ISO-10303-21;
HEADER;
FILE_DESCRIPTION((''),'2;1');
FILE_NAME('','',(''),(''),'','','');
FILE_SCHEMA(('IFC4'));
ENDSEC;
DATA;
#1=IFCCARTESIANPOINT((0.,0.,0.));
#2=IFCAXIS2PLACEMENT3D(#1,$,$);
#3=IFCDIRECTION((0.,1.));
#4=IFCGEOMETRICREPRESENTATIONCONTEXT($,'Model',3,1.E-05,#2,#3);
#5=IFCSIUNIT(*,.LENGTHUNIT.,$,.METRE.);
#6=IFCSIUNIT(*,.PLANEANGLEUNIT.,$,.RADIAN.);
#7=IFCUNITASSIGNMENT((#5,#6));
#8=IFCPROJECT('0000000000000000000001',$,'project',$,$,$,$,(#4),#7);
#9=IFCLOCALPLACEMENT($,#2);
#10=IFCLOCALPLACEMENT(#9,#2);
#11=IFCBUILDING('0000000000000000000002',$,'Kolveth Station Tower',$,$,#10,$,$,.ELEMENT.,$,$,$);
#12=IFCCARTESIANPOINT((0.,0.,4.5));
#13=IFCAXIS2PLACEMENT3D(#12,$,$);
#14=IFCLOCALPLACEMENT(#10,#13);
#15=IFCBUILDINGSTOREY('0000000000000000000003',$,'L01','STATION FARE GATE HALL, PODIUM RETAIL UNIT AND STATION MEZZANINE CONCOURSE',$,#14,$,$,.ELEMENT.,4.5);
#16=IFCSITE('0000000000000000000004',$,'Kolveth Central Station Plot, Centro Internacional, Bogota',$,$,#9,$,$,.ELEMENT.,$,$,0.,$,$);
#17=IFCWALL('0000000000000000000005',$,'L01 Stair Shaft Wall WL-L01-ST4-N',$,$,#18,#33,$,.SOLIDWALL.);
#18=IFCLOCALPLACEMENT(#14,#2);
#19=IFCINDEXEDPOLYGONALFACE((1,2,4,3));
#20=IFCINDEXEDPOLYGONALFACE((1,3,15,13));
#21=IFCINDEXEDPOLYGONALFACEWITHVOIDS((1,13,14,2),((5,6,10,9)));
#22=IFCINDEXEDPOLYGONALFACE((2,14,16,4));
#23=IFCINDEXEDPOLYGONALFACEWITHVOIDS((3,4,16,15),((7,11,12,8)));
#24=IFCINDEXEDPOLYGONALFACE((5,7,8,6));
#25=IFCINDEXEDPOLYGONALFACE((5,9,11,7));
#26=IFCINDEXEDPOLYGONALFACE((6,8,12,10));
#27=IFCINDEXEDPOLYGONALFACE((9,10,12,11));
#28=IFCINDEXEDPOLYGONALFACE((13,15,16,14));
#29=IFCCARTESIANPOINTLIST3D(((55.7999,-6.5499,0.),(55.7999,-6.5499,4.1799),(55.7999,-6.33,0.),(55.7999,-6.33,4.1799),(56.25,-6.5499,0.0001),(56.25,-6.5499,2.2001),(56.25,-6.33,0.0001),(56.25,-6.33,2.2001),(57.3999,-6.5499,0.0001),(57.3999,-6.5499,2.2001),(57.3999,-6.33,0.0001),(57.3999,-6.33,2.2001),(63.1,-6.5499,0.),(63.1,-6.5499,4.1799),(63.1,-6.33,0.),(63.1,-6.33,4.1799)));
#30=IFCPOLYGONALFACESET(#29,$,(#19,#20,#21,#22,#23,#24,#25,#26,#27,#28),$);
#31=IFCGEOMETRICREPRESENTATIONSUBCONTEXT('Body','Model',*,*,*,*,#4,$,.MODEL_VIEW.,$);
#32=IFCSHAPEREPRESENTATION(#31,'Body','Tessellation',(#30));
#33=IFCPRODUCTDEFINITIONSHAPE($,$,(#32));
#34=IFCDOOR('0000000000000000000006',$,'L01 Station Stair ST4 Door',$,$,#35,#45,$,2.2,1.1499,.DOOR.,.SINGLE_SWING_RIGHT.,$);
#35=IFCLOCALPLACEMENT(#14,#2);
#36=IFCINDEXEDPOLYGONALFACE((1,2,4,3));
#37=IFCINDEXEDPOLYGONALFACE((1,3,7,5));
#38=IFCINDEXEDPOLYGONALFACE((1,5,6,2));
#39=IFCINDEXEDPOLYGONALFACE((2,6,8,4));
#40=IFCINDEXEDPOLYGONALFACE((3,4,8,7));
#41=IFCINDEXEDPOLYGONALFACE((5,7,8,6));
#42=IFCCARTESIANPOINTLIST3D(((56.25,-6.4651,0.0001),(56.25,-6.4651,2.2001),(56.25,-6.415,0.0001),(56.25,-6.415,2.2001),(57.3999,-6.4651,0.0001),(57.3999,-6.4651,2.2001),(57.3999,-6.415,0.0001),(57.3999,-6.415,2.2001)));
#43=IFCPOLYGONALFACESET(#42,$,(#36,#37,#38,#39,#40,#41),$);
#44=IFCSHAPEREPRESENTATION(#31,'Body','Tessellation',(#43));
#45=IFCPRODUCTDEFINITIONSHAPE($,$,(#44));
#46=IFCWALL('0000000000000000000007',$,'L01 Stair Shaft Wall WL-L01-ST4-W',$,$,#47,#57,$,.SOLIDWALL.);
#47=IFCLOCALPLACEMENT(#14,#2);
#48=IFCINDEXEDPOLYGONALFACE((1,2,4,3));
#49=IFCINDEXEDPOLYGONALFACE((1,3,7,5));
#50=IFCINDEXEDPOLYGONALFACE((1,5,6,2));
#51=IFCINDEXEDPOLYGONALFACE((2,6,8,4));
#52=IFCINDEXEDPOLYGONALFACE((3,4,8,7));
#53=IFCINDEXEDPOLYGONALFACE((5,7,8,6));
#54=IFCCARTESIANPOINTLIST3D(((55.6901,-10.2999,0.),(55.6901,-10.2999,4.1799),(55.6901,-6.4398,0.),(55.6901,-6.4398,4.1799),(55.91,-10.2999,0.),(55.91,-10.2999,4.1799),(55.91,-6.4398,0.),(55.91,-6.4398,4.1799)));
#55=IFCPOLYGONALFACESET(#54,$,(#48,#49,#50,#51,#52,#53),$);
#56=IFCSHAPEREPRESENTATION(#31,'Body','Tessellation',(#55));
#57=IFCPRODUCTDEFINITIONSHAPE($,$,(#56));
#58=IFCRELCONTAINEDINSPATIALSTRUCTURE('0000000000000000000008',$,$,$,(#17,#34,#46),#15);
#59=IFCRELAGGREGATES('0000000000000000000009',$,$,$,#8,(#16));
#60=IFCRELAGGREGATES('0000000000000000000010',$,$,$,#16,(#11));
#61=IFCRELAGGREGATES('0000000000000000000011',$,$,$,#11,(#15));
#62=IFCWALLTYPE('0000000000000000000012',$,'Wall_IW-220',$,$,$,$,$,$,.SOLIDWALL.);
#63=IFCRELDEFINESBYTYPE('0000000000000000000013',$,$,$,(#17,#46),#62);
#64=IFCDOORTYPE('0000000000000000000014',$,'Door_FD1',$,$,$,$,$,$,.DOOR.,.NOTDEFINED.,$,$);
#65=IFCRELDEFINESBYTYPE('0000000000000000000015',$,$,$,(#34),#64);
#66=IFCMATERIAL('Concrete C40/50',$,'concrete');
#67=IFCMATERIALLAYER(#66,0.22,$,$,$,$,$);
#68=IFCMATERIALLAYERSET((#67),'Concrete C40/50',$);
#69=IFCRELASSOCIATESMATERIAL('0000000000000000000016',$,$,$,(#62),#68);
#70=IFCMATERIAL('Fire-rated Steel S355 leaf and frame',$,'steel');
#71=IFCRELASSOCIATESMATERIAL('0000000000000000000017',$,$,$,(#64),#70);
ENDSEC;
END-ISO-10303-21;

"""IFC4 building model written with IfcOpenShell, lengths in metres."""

from ifc_helpers import new_model, si_unit, direction, frame, frame_2d, origin, place, context, subcontext, project, spatial, rectangle, extrude, material, layer, layer_set, type_object, element, fill, save


model = new_model("IFC4")

# Units and contexts
model_context = context("Model", 3, precision=1e-05, world=origin(), true_north=direction((0.0, 1.0)))
body_context = subcontext(model_context, "Body", "Model", "MODEL_VIEW")
ifc_project = project(units=[si_unit("LENGTHUNIT", "METRE"), si_unit("PLANEANGLEUNIT", "RADIAN")], contexts=[model_context])

# Site, building, storey
site_placement = place(None, origin())
site = spatial("IfcSite", under=ifc_project, at=site_placement, Name="Kolveth Central Station Plot, Centro Internacional, Bogota", CompositionType="ELEMENT", RefElevation=0.0)
building_placement = place(site_placement, origin())
building = spatial("IfcBuilding", under=site, at=building_placement, Name="Kolveth Station Tower", CompositionType="ELEMENT")
storey_placement = place(building_placement, frame((0.0, 0.0, 4.5)))
storey = spatial("IfcBuildingStorey", under=building, at=storey_placement, Name="L01", Description="STATION FARE GATE HALL, PODIUM RETAIL UNIT AND STATION MEZZANINE CONCOURSE", CompositionType="ELEMENT", Elevation=4.5)

# Shared definitions
ifc_material_1 = material(Name="Concrete C40/50", Category="concrete")
ifc_layer_1 = layer(ifc_material_1, 0.22)
ifc_layer_set_1 = layer_set([ifc_layer_1], Name="Concrete C40/50")
wall_type_1 = type_object("IfcWallType", Name="Wall_IW-220", PredefinedType="SOLIDWALL", material=ifc_layer_set_1)

# Wall, opening, door
wall_1_placement = place(storey_placement, frame((55.8, -6.4399, 0.0), z_axis=(0.0, 0.0, 1.0), x_axis=(1.0, 0.0, 0.0)))
wall_1 = element("IfcWall", 1, at=wall_1_placement, inside=storey, type_object=wall_type_1, Name="L01 Stair Shaft Wall WL-L01-ST4-N", PredefinedType="SOLIDWALL", context=body_context, shape_type="SweptSolid", body=[
    extrude(rectangle(XDim=7.3, YDim=0.22, at=frame_2d((3.6499, 0.0))), origin(), (0.0, 0.0, 1.0), 4.1799),
])
opening_1_placement = place(wall_1_placement, frame((0.45, 0.0, 0.0)))
opening_1 = element("IfcOpeningElement", 2, at=opening_1_placement, cuts=wall_1, PredefinedType="OPENING", context=body_context, shape_type="SweptSolid", body=[
    extrude(rectangle(XDim=1.1499, YDim=2.2, at=frame_2d((0.575, 1.1001))), frame((0.0, 0.1199, 0.0), z_axis=(0.0, -1.0, 0.0), x_axis=(1.0, 0.0, 0.0)), (0.0, 0.0, 1.0), 0.24),
])
ifc_material_2 = material(Name="Fire-rated Steel S355 leaf and frame", Category="steel")
door_type_1 = type_object("IfcDoorType", Name="Door_FD1", OperationType="NOTDEFINED", PredefinedType="DOOR", material=ifc_material_2)
door_1_placement = place(opening_1_placement, origin())
door_1 = element("IfcDoor", 3, at=door_1_placement, inside=storey, type_object=door_type_1, Name="L01 Station Stair ST4 Door", OperationType="SINGLE_SWING_RIGHT", OverallHeight=2.2, OverallWidth=1.1499, PredefinedType="DOOR", context=body_context, shape_type="SweptSolid", body=[
    extrude(rectangle(XDim=1.1499, YDim=2.2, at=frame_2d((0.575, 1.1001))), frame((0.0, 0.0249, 0.0), z_axis=(0.0, -1.0, 0.0), x_axis=(1.0, 0.0, 0.0)), (0.0, 0.0, 1.0), 0.05),
])
fill(opening_1, door_1)

# Wall
wall_2_placement = place(storey_placement, frame((55.8, -10.3, 0.0), z_axis=(0.0, 0.0, 1.0), x_axis=(0.0, 1.0, 0.0)))
element("IfcWall", 4, at=wall_2_placement, inside=storey, type_object=wall_type_1, Name="L01 Stair Shaft Wall WL-L01-ST4-W", PredefinedType="SOLIDWALL", context=body_context, shape_type="SweptSolid", body=[
    extrude(rectangle(XDim=3.8601, YDim=0.22, at=frame_2d((1.9302, 0.0))), origin(), (0.0, 0.0, 1.0), 4.1799),
])

save(model, "model.ifc")
